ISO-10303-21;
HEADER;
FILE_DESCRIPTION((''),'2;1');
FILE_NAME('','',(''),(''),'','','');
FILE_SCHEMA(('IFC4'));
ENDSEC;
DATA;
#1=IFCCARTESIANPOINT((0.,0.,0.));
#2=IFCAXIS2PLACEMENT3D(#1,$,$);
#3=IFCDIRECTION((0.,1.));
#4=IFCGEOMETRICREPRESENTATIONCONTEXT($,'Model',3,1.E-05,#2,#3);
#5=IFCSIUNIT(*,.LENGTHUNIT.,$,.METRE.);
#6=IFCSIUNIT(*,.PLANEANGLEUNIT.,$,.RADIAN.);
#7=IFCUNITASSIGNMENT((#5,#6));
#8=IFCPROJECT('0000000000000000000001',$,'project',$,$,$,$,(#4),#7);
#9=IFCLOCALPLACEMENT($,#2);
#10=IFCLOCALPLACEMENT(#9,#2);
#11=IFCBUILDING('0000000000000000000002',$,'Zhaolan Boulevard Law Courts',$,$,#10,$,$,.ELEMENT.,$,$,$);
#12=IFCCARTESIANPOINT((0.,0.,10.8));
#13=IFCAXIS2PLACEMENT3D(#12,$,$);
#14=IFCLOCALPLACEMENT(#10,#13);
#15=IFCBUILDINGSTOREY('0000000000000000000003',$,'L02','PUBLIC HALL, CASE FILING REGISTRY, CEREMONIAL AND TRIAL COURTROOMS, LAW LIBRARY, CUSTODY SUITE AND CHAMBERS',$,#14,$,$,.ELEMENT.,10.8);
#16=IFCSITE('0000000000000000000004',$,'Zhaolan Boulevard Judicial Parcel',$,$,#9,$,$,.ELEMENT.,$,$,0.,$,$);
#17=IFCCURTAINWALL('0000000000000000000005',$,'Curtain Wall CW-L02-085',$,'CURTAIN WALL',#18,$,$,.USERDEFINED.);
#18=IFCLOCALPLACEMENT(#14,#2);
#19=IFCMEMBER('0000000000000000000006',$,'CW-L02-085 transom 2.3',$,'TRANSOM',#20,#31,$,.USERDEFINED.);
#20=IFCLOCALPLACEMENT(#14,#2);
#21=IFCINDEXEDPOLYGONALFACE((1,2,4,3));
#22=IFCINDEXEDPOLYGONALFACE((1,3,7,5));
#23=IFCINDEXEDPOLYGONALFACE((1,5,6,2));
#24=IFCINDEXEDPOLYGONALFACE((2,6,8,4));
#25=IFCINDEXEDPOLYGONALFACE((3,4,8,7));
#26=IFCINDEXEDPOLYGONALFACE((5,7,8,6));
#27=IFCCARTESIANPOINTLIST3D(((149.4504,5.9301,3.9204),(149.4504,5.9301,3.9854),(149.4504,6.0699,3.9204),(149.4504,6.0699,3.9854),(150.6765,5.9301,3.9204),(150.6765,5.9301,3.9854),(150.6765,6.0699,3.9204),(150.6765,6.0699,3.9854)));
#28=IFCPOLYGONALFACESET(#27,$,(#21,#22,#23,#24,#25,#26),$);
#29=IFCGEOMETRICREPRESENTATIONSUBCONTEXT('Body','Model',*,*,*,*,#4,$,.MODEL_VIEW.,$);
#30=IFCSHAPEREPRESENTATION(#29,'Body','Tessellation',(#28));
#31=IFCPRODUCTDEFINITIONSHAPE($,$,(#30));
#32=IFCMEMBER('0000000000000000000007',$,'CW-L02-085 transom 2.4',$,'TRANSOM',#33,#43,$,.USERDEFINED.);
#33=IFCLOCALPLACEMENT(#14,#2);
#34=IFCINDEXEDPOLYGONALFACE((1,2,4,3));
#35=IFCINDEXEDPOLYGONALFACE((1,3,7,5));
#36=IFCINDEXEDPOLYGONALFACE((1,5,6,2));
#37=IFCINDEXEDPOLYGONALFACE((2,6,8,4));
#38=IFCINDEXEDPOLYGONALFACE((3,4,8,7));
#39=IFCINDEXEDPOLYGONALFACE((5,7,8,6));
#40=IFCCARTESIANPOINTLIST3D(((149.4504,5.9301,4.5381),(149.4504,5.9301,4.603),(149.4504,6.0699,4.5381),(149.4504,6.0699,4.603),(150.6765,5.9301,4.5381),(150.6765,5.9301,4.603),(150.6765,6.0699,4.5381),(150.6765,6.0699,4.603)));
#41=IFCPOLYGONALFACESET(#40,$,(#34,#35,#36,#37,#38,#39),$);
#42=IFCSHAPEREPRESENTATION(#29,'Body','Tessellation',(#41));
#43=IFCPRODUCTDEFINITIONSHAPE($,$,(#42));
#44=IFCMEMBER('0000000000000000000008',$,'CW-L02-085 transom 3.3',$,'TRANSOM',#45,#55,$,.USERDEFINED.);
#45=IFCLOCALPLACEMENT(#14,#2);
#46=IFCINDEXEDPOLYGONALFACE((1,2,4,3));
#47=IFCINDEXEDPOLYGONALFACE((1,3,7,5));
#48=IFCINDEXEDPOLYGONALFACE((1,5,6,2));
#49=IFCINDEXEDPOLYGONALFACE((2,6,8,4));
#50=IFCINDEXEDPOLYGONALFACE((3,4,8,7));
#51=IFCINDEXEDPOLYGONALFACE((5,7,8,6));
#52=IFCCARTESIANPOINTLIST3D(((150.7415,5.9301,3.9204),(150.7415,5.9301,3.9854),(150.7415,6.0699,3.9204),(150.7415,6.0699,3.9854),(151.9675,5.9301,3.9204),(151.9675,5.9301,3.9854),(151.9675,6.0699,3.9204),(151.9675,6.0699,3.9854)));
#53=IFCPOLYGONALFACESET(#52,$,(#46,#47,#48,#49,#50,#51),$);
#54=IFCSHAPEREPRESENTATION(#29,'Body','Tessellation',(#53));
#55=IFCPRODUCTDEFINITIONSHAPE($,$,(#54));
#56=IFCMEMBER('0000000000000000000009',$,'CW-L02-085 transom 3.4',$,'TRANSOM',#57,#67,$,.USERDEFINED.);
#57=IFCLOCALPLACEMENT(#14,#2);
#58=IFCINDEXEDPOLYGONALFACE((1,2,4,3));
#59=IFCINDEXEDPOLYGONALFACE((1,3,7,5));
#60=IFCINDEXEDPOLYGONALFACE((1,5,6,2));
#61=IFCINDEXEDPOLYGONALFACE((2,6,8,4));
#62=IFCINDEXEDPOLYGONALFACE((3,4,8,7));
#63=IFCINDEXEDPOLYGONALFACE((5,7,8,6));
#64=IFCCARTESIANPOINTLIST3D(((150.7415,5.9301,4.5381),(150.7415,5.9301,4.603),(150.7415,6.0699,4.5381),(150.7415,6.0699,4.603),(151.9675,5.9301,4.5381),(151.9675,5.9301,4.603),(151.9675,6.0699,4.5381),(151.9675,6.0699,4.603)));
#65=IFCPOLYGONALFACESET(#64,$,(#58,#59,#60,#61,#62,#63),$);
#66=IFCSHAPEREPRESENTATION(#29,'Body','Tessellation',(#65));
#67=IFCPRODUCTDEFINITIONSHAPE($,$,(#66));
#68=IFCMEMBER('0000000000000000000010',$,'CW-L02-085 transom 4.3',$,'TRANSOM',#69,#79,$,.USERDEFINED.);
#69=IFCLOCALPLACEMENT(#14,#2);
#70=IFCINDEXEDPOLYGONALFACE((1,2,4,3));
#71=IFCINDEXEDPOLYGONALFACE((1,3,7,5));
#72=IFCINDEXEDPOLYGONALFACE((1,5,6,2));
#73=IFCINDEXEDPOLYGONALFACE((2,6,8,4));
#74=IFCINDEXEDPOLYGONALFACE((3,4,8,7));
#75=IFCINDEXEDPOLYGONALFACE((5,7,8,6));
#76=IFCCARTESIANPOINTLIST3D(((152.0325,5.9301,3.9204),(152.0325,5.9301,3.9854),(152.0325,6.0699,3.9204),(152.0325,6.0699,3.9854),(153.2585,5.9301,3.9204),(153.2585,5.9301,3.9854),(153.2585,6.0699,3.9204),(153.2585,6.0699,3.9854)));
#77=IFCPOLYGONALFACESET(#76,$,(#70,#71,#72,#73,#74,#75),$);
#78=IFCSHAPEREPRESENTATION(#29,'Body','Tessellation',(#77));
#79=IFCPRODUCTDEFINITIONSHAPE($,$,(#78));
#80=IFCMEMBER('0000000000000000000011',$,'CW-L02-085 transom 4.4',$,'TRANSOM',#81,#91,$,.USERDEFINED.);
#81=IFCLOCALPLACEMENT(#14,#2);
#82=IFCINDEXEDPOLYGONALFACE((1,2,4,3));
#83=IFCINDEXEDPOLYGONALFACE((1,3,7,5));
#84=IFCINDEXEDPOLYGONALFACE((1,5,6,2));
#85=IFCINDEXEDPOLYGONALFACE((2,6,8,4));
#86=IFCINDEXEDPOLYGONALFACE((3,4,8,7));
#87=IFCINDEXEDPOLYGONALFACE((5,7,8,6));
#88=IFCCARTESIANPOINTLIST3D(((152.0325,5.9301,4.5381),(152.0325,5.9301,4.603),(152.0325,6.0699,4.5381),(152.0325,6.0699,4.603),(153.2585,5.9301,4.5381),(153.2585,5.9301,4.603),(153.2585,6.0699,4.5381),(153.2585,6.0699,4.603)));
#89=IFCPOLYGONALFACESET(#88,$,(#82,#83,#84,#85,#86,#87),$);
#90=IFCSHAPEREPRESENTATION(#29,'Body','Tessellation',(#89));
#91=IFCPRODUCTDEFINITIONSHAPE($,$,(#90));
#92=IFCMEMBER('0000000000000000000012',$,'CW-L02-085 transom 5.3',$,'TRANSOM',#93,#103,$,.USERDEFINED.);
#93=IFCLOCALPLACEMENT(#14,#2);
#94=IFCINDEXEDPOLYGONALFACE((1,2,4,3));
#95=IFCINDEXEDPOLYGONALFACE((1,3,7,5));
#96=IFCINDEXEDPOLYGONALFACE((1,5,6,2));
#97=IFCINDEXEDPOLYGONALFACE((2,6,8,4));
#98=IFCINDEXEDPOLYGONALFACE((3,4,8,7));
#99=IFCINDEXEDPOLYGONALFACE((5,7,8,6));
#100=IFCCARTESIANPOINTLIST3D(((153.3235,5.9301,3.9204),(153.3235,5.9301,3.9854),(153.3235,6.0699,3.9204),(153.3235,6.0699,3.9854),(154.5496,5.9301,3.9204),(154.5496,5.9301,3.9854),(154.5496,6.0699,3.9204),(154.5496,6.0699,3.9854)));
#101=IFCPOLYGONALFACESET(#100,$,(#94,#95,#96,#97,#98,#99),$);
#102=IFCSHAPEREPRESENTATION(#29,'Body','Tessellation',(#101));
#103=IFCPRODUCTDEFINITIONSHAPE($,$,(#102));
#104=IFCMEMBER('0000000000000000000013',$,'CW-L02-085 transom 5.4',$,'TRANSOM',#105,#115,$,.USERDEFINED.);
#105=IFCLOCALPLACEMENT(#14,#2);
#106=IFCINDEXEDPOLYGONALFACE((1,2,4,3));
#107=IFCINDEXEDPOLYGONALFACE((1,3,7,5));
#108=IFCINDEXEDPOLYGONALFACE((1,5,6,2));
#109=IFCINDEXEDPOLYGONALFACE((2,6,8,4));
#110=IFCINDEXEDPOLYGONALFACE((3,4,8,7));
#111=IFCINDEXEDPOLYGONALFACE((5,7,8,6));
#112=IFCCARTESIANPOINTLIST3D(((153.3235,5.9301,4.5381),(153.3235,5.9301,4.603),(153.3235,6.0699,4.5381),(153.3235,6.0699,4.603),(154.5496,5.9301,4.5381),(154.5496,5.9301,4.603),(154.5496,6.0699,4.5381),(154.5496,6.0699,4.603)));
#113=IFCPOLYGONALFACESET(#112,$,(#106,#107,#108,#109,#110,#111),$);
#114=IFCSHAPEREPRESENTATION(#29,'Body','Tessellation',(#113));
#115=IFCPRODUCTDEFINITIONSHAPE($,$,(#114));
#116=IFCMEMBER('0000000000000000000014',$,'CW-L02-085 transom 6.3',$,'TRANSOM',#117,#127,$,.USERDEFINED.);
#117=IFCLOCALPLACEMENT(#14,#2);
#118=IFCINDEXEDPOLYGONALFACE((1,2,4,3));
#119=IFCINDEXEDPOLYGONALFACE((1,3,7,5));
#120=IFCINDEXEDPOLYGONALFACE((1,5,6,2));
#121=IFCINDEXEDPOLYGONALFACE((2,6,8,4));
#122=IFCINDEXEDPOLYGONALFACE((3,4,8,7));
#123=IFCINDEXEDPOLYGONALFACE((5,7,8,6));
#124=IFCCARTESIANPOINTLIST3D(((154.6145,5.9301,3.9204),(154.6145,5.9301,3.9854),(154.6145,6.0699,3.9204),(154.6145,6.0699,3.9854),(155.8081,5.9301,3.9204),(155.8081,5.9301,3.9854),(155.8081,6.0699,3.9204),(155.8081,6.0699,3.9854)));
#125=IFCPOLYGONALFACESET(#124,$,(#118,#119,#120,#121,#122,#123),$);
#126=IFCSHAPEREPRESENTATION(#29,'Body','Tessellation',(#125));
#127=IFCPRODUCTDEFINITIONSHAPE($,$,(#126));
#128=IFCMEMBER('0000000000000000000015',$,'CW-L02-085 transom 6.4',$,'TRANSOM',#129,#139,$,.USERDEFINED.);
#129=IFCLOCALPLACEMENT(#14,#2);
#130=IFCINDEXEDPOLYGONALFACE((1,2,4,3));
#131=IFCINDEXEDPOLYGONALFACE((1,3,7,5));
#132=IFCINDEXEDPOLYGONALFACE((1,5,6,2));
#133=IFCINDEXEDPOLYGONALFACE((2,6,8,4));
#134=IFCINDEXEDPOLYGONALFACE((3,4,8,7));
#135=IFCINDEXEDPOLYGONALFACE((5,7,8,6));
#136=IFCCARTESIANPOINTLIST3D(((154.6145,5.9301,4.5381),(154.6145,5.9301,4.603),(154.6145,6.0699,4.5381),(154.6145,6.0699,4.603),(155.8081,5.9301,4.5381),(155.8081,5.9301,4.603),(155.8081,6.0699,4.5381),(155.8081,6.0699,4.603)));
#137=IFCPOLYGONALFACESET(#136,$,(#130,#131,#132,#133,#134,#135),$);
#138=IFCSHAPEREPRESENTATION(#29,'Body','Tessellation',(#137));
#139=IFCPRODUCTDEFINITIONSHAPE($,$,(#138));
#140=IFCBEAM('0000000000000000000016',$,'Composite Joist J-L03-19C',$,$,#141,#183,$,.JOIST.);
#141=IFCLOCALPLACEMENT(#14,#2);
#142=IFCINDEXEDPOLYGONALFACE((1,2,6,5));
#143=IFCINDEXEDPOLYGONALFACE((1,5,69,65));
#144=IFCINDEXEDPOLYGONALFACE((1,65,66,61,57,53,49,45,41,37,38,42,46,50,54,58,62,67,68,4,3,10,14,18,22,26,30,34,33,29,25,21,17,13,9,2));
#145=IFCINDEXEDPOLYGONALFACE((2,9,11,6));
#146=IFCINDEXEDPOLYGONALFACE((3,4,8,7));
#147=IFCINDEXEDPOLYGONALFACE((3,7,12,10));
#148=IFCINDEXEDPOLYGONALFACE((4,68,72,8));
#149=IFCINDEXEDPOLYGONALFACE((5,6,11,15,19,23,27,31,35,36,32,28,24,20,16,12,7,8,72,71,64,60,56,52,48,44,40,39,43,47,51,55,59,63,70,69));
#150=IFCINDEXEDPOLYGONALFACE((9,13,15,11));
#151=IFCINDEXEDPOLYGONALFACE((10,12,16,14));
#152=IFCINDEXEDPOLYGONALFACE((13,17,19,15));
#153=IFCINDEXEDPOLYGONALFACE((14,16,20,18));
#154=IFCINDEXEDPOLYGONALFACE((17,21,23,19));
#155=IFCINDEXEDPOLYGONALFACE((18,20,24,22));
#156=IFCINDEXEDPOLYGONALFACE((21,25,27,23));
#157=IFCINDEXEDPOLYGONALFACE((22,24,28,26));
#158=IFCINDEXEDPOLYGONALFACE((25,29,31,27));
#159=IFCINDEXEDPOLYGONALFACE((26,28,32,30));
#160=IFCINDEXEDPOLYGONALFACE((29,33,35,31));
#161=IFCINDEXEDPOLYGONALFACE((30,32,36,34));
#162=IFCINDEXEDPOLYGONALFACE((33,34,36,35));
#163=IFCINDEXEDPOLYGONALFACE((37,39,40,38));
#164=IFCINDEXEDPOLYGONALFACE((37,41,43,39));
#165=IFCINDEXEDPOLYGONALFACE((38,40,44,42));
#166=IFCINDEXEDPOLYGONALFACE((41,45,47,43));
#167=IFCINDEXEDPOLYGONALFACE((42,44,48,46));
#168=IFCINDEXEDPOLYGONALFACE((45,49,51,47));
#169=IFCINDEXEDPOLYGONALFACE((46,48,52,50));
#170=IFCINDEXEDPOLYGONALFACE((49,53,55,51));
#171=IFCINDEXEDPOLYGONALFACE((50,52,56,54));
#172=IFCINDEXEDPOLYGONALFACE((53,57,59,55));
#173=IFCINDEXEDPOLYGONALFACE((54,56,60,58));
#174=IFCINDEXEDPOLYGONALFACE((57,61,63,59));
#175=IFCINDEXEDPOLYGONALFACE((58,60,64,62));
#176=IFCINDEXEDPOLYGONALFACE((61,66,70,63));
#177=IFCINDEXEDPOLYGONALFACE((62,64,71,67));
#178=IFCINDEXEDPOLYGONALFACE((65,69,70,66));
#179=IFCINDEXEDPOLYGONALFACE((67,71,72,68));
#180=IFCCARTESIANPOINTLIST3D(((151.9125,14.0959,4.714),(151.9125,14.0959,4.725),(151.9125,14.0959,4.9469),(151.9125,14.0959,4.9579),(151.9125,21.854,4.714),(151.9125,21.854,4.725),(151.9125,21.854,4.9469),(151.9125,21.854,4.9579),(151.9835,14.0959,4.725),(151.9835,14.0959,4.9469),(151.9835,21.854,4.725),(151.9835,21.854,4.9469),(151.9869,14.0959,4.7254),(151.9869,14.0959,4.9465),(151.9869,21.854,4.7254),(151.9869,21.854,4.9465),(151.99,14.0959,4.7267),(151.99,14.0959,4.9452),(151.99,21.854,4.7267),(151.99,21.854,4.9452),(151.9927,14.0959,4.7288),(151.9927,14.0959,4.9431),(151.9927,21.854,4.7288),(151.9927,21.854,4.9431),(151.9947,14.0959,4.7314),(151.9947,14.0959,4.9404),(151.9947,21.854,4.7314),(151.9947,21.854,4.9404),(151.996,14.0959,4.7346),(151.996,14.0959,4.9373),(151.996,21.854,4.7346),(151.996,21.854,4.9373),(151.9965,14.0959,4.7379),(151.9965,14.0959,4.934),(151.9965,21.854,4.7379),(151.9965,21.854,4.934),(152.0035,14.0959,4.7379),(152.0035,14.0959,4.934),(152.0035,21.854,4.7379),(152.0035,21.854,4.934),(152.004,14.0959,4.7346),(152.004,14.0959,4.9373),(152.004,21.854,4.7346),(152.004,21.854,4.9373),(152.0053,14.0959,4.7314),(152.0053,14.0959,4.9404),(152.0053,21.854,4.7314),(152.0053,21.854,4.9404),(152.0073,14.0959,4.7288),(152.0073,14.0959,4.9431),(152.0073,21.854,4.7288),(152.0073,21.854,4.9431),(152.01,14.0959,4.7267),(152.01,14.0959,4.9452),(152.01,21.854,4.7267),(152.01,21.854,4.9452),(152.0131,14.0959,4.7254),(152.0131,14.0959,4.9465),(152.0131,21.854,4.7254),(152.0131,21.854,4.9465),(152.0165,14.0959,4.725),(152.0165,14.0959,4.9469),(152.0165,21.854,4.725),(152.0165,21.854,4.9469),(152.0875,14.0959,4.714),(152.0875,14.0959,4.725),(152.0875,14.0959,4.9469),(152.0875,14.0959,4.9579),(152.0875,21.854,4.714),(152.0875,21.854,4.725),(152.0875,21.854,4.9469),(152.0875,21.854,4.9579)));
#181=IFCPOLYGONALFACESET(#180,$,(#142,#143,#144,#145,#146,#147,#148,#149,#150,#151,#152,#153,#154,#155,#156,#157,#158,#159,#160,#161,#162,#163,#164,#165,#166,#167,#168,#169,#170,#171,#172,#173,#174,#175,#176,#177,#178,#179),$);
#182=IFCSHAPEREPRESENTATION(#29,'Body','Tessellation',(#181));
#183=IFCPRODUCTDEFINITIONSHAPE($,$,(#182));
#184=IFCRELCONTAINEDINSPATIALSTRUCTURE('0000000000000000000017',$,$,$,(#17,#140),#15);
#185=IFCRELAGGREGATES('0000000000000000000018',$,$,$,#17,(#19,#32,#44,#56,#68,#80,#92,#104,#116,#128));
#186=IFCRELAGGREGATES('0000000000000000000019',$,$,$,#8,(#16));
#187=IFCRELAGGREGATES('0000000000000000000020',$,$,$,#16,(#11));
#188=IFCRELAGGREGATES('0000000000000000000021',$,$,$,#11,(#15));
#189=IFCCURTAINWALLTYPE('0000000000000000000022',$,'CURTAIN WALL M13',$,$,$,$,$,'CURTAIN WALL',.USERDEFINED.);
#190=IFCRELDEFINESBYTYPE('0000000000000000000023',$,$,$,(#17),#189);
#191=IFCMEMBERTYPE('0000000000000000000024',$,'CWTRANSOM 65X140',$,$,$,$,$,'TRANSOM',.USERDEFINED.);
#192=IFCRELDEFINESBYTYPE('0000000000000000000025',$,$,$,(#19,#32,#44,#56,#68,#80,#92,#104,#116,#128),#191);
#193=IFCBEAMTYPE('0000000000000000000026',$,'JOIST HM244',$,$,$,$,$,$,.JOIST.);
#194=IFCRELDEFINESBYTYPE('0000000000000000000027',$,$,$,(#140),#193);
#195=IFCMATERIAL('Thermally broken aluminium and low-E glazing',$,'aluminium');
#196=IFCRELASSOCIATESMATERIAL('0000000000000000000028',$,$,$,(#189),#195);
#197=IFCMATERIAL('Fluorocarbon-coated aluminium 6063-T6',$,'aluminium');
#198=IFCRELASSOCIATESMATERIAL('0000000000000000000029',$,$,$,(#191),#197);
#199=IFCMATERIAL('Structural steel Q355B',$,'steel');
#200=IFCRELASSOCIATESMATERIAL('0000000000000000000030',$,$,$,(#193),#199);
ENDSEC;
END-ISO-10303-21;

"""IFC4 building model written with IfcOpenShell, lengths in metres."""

from ifc_helpers import new_model, si_unit, direction, frame, origin, origin_2d, place, context, subcontext, project, spatial, rectangle, i_section, extrude, material, material_profile, profile_set, type_object, element, aggregate, save


model = new_model("IFC4")

# Units and contexts
model_context = context("Model", 3, precision=1e-05, world=origin(), true_north=direction((0.0, 1.0)))
body_context = subcontext(model_context, "Body", "Model", "MODEL_VIEW")
ifc_project = project(units=[si_unit("LENGTHUNIT", "METRE"), si_unit("PLANEANGLEUNIT", "RADIAN")], contexts=[model_context])

# Site, building, storey
site_placement = place(None, origin())
site = spatial("IfcSite", under=ifc_project, at=site_placement, Name="Zhaolan Boulevard Judicial Parcel", CompositionType="ELEMENT", RefElevation=0.0)
building_placement = place(site_placement, origin())
building = spatial("IfcBuilding", under=site, at=building_placement, Name="Zhaolan Boulevard Law Courts", CompositionType="ELEMENT")
storey_placement = place(building_placement, frame((0.0, 0.0, 10.8)))
storey = spatial("IfcBuildingStorey", under=building, at=storey_placement, Name="L02", Description="PUBLIC HALL, CASE FILING REGISTRY, CEREMONIAL AND TRIAL COURTROOMS, LAW LIBRARY, CUSTODY SUITE AND CHAMBERS", CompositionType="ELEMENT", Elevation=10.8)

# Curtain wall, members
ifc_material_1 = material(Name="Thermally broken aluminium and low-E glazing", Category="aluminium")
curtain_wall_type = type_object("IfcCurtainWallType", Name="CURTAIN WALL M13", ElementType="CURTAIN WALL", PredefinedType="USERDEFINED", material=ifc_material_1)
curtain_wall_placement = place(storey_placement, origin())
curtain_wall = element("IfcCurtainWall", 1, at=curtain_wall_placement, inside=storey, type_object=curtain_wall_type, Name="Curtain Wall CW-L02-085", ObjectType="CURTAIN WALL", PredefinedType="USERDEFINED")
ifc_material_2 = material(Name="Fluorocarbon-coated aluminium 6063-T6", Category="aluminium")
ifc_material_profile_1 = material_profile(ifc_material_2, rectangle(XDim=0.1399, YDim=0.0649, at=origin_2d()), Name="AL65x140")
ifc_profile_set_1 = profile_set([ifc_material_profile_1], Name="Fluorocarbon-coated aluminium 6063-T6")
member_type = type_object("IfcMemberType", Name="CWTRANSOM 65X140", ElementType="TRANSOM", PredefinedType="USERDEFINED", material=ifc_profile_set_1)
member_1_placement = place(storey_placement, frame((149.4504, 6.0, 3.9529), z_axis=(1.0, 0.0, 0.0), x_axis=(0.0, 1.0, 0.0)))
member_1 = element("IfcMember", 2, at=member_1_placement, type_object=member_type, Name="CW-L02-085 transom 2.3", ObjectType="TRANSOM", PredefinedType="USERDEFINED", context=body_context, shape_type="SweptSolid", body=[
    extrude(rectangle(XDim=0.1399, YDim=0.0649, at=origin_2d()), origin(), (0.0, 0.0, 1.0), 1.2261),
])
member_2_placement = place(storey_placement, frame((149.4504, 6.0, 4.5706), z_axis=(1.0, 0.0, 0.0), x_axis=(0.0, 1.0, 0.0)))
member_2 = element("IfcMember", 3, at=member_2_placement, type_object=member_type, Name="CW-L02-085 transom 2.4", ObjectType="TRANSOM", PredefinedType="USERDEFINED", context=body_context, shape_type="SweptSolid", body=[
    extrude(rectangle(XDim=0.1399, YDim=0.0649, at=origin_2d()), origin(), (0.0, 0.0, 1.0), 1.2261),
])
member_3_placement = place(storey_placement, frame((150.7415, 6.0, 3.9529), z_axis=(1.0, 0.0, 0.0), x_axis=(0.0, 1.0, 0.0)))
member_3 = element("IfcMember", 4, at=member_3_placement, type_object=member_type, Name="CW-L02-085 transom 3.3", ObjectType="TRANSOM", PredefinedType="USERDEFINED", context=body_context, shape_type="SweptSolid", body=[
    extrude(rectangle(XDim=0.1399, YDim=0.0649, at=origin_2d()), origin(), (0.0, 0.0, 1.0), 1.2261),
])
member_4_placement = place(storey_placement, frame((150.7415, 6.0, 4.5706), z_axis=(1.0, 0.0, 0.0), x_axis=(0.0, 1.0, 0.0)))
member_4 = element("IfcMember", 5, at=member_4_placement, type_object=member_type, Name="CW-L02-085 transom 3.4", ObjectType="TRANSOM", PredefinedType="USERDEFINED", context=body_context, shape_type="SweptSolid", body=[
    extrude(rectangle(XDim=0.1399, YDim=0.0649, at=origin_2d()), origin(), (0.0, 0.0, 1.0), 1.2261),
])
member_5_placement = place(storey_placement, frame((152.0325, 6.0, 3.9529), z_axis=(1.0, 0.0, 0.0), x_axis=(0.0, 1.0, 0.0)))
member_5 = element("IfcMember", 6, at=member_5_placement, type_object=member_type, Name="CW-L02-085 transom 4.3", ObjectType="TRANSOM", PredefinedType="USERDEFINED", context=body_context, shape_type="SweptSolid", body=[
    extrude(rectangle(XDim=0.1399, YDim=0.0649, at=origin_2d()), origin(), (0.0, 0.0, 1.0), 1.2261),
])
member_6_placement = place(storey_placement, frame((152.0325, 6.0, 4.5706), z_axis=(1.0, 0.0, 0.0), x_axis=(0.0, 1.0, 0.0)))
member_6 = element("IfcMember", 7, at=member_6_placement, type_object=member_type, Name="CW-L02-085 transom 4.4", ObjectType="TRANSOM", PredefinedType="USERDEFINED", context=body_context, shape_type="SweptSolid", body=[
    extrude(rectangle(XDim=0.1399, YDim=0.0649, at=origin_2d()), origin(), (0.0, 0.0, 1.0), 1.2261),
])
member_7_placement = place(storey_placement, frame((153.3235, 6.0, 3.9529), z_axis=(1.0, 0.0, 0.0), x_axis=(0.0, 1.0, 0.0)))
member_7 = element("IfcMember", 8, at=member_7_placement, type_object=member_type, Name="CW-L02-085 transom 5.3", ObjectType="TRANSOM", PredefinedType="USERDEFINED", context=body_context, shape_type="SweptSolid", body=[
    extrude(rectangle(XDim=0.1399, YDim=0.0649, at=origin_2d()), origin(), (0.0, 0.0, 1.0), 1.2261),
])
member_8_placement = place(storey_placement, frame((153.3235, 6.0, 4.5706), z_axis=(1.0, 0.0, 0.0), x_axis=(0.0, 1.0, 0.0)))
member_8 = element("IfcMember", 9, at=member_8_placement, type_object=member_type, Name="CW-L02-085 transom 5.4", ObjectType="TRANSOM", PredefinedType="USERDEFINED", context=body_context, shape_type="SweptSolid", body=[
    extrude(rectangle(XDim=0.1399, YDim=0.0649, at=origin_2d()), origin(), (0.0, 0.0, 1.0), 1.2261),
])
member_9_placement = place(storey_placement, frame((154.6145, 6.0, 3.9529), z_axis=(1.0, 0.0, 0.0), x_axis=(0.0, 1.0, 0.0)))
member_9 = element("IfcMember", 10, at=member_9_placement, type_object=member_type, Name="CW-L02-085 transom 6.3", ObjectType="TRANSOM", PredefinedType="USERDEFINED", context=body_context, shape_type="SweptSolid", body=[
    extrude(rectangle(XDim=0.1399, YDim=0.0649, at=origin_2d()), origin(), (0.0, 0.0, 1.0), 1.1936),
])
member_10_placement = place(storey_placement, frame((154.6145, 6.0, 4.5706), z_axis=(1.0, 0.0, 0.0), x_axis=(0.0, 1.0, 0.0)))
member_10 = element("IfcMember", 11, at=member_10_placement, type_object=member_type, Name="CW-L02-085 transom 6.4", ObjectType="TRANSOM", PredefinedType="USERDEFINED", context=body_context, shape_type="SweptSolid", body=[
    extrude(rectangle(XDim=0.1399, YDim=0.0649, at=origin_2d()), origin(), (0.0, 0.0, 1.0), 1.1936),
])

# Beam
ifc_material_3 = material(Name="Structural steel Q355B", Category="steel")
ifc_material_profile_2 = material_profile(ifc_material_3, i_section(OverallWidth=0.175, OverallDepth=0.2439, WebThickness=0.0071, FlangeThickness=0.011, FilletRadius=0.0129, at=origin_2d()), Name="HM244x175")
ifc_profile_set_2 = profile_set([ifc_material_profile_2], Name="Structural steel Q355B")
beam_type_1 = type_object("IfcBeamType", Name="JOIST HM244", PredefinedType="JOIST", material=ifc_profile_set_2)
beam_1_placement = place(storey_placement, frame((152.0, 14.0959, 4.8359), z_axis=(0.0, 1.0, 0.0), x_axis=(-1.0, 0.0, 0.0)))
element("IfcBeam", 12, at=beam_1_placement, inside=storey, type_object=beam_type_1, Name="Composite Joist J-L03-19C", PredefinedType="JOIST", context=body_context, shape_type="SweptSolid", body=[
    extrude(i_section(OverallWidth=0.175, OverallDepth=0.2439, WebThickness=0.0071, FlangeThickness=0.011, FilletRadius=0.0129, at=origin_2d()), origin(), (0.0, 0.0, 1.0), 7.7581),
])

aggregate(curtain_wall, [member_1, member_2, member_3, member_4, member_5, member_6, member_7, member_8, member_9, member_10])

save(model, "model.ifc")
